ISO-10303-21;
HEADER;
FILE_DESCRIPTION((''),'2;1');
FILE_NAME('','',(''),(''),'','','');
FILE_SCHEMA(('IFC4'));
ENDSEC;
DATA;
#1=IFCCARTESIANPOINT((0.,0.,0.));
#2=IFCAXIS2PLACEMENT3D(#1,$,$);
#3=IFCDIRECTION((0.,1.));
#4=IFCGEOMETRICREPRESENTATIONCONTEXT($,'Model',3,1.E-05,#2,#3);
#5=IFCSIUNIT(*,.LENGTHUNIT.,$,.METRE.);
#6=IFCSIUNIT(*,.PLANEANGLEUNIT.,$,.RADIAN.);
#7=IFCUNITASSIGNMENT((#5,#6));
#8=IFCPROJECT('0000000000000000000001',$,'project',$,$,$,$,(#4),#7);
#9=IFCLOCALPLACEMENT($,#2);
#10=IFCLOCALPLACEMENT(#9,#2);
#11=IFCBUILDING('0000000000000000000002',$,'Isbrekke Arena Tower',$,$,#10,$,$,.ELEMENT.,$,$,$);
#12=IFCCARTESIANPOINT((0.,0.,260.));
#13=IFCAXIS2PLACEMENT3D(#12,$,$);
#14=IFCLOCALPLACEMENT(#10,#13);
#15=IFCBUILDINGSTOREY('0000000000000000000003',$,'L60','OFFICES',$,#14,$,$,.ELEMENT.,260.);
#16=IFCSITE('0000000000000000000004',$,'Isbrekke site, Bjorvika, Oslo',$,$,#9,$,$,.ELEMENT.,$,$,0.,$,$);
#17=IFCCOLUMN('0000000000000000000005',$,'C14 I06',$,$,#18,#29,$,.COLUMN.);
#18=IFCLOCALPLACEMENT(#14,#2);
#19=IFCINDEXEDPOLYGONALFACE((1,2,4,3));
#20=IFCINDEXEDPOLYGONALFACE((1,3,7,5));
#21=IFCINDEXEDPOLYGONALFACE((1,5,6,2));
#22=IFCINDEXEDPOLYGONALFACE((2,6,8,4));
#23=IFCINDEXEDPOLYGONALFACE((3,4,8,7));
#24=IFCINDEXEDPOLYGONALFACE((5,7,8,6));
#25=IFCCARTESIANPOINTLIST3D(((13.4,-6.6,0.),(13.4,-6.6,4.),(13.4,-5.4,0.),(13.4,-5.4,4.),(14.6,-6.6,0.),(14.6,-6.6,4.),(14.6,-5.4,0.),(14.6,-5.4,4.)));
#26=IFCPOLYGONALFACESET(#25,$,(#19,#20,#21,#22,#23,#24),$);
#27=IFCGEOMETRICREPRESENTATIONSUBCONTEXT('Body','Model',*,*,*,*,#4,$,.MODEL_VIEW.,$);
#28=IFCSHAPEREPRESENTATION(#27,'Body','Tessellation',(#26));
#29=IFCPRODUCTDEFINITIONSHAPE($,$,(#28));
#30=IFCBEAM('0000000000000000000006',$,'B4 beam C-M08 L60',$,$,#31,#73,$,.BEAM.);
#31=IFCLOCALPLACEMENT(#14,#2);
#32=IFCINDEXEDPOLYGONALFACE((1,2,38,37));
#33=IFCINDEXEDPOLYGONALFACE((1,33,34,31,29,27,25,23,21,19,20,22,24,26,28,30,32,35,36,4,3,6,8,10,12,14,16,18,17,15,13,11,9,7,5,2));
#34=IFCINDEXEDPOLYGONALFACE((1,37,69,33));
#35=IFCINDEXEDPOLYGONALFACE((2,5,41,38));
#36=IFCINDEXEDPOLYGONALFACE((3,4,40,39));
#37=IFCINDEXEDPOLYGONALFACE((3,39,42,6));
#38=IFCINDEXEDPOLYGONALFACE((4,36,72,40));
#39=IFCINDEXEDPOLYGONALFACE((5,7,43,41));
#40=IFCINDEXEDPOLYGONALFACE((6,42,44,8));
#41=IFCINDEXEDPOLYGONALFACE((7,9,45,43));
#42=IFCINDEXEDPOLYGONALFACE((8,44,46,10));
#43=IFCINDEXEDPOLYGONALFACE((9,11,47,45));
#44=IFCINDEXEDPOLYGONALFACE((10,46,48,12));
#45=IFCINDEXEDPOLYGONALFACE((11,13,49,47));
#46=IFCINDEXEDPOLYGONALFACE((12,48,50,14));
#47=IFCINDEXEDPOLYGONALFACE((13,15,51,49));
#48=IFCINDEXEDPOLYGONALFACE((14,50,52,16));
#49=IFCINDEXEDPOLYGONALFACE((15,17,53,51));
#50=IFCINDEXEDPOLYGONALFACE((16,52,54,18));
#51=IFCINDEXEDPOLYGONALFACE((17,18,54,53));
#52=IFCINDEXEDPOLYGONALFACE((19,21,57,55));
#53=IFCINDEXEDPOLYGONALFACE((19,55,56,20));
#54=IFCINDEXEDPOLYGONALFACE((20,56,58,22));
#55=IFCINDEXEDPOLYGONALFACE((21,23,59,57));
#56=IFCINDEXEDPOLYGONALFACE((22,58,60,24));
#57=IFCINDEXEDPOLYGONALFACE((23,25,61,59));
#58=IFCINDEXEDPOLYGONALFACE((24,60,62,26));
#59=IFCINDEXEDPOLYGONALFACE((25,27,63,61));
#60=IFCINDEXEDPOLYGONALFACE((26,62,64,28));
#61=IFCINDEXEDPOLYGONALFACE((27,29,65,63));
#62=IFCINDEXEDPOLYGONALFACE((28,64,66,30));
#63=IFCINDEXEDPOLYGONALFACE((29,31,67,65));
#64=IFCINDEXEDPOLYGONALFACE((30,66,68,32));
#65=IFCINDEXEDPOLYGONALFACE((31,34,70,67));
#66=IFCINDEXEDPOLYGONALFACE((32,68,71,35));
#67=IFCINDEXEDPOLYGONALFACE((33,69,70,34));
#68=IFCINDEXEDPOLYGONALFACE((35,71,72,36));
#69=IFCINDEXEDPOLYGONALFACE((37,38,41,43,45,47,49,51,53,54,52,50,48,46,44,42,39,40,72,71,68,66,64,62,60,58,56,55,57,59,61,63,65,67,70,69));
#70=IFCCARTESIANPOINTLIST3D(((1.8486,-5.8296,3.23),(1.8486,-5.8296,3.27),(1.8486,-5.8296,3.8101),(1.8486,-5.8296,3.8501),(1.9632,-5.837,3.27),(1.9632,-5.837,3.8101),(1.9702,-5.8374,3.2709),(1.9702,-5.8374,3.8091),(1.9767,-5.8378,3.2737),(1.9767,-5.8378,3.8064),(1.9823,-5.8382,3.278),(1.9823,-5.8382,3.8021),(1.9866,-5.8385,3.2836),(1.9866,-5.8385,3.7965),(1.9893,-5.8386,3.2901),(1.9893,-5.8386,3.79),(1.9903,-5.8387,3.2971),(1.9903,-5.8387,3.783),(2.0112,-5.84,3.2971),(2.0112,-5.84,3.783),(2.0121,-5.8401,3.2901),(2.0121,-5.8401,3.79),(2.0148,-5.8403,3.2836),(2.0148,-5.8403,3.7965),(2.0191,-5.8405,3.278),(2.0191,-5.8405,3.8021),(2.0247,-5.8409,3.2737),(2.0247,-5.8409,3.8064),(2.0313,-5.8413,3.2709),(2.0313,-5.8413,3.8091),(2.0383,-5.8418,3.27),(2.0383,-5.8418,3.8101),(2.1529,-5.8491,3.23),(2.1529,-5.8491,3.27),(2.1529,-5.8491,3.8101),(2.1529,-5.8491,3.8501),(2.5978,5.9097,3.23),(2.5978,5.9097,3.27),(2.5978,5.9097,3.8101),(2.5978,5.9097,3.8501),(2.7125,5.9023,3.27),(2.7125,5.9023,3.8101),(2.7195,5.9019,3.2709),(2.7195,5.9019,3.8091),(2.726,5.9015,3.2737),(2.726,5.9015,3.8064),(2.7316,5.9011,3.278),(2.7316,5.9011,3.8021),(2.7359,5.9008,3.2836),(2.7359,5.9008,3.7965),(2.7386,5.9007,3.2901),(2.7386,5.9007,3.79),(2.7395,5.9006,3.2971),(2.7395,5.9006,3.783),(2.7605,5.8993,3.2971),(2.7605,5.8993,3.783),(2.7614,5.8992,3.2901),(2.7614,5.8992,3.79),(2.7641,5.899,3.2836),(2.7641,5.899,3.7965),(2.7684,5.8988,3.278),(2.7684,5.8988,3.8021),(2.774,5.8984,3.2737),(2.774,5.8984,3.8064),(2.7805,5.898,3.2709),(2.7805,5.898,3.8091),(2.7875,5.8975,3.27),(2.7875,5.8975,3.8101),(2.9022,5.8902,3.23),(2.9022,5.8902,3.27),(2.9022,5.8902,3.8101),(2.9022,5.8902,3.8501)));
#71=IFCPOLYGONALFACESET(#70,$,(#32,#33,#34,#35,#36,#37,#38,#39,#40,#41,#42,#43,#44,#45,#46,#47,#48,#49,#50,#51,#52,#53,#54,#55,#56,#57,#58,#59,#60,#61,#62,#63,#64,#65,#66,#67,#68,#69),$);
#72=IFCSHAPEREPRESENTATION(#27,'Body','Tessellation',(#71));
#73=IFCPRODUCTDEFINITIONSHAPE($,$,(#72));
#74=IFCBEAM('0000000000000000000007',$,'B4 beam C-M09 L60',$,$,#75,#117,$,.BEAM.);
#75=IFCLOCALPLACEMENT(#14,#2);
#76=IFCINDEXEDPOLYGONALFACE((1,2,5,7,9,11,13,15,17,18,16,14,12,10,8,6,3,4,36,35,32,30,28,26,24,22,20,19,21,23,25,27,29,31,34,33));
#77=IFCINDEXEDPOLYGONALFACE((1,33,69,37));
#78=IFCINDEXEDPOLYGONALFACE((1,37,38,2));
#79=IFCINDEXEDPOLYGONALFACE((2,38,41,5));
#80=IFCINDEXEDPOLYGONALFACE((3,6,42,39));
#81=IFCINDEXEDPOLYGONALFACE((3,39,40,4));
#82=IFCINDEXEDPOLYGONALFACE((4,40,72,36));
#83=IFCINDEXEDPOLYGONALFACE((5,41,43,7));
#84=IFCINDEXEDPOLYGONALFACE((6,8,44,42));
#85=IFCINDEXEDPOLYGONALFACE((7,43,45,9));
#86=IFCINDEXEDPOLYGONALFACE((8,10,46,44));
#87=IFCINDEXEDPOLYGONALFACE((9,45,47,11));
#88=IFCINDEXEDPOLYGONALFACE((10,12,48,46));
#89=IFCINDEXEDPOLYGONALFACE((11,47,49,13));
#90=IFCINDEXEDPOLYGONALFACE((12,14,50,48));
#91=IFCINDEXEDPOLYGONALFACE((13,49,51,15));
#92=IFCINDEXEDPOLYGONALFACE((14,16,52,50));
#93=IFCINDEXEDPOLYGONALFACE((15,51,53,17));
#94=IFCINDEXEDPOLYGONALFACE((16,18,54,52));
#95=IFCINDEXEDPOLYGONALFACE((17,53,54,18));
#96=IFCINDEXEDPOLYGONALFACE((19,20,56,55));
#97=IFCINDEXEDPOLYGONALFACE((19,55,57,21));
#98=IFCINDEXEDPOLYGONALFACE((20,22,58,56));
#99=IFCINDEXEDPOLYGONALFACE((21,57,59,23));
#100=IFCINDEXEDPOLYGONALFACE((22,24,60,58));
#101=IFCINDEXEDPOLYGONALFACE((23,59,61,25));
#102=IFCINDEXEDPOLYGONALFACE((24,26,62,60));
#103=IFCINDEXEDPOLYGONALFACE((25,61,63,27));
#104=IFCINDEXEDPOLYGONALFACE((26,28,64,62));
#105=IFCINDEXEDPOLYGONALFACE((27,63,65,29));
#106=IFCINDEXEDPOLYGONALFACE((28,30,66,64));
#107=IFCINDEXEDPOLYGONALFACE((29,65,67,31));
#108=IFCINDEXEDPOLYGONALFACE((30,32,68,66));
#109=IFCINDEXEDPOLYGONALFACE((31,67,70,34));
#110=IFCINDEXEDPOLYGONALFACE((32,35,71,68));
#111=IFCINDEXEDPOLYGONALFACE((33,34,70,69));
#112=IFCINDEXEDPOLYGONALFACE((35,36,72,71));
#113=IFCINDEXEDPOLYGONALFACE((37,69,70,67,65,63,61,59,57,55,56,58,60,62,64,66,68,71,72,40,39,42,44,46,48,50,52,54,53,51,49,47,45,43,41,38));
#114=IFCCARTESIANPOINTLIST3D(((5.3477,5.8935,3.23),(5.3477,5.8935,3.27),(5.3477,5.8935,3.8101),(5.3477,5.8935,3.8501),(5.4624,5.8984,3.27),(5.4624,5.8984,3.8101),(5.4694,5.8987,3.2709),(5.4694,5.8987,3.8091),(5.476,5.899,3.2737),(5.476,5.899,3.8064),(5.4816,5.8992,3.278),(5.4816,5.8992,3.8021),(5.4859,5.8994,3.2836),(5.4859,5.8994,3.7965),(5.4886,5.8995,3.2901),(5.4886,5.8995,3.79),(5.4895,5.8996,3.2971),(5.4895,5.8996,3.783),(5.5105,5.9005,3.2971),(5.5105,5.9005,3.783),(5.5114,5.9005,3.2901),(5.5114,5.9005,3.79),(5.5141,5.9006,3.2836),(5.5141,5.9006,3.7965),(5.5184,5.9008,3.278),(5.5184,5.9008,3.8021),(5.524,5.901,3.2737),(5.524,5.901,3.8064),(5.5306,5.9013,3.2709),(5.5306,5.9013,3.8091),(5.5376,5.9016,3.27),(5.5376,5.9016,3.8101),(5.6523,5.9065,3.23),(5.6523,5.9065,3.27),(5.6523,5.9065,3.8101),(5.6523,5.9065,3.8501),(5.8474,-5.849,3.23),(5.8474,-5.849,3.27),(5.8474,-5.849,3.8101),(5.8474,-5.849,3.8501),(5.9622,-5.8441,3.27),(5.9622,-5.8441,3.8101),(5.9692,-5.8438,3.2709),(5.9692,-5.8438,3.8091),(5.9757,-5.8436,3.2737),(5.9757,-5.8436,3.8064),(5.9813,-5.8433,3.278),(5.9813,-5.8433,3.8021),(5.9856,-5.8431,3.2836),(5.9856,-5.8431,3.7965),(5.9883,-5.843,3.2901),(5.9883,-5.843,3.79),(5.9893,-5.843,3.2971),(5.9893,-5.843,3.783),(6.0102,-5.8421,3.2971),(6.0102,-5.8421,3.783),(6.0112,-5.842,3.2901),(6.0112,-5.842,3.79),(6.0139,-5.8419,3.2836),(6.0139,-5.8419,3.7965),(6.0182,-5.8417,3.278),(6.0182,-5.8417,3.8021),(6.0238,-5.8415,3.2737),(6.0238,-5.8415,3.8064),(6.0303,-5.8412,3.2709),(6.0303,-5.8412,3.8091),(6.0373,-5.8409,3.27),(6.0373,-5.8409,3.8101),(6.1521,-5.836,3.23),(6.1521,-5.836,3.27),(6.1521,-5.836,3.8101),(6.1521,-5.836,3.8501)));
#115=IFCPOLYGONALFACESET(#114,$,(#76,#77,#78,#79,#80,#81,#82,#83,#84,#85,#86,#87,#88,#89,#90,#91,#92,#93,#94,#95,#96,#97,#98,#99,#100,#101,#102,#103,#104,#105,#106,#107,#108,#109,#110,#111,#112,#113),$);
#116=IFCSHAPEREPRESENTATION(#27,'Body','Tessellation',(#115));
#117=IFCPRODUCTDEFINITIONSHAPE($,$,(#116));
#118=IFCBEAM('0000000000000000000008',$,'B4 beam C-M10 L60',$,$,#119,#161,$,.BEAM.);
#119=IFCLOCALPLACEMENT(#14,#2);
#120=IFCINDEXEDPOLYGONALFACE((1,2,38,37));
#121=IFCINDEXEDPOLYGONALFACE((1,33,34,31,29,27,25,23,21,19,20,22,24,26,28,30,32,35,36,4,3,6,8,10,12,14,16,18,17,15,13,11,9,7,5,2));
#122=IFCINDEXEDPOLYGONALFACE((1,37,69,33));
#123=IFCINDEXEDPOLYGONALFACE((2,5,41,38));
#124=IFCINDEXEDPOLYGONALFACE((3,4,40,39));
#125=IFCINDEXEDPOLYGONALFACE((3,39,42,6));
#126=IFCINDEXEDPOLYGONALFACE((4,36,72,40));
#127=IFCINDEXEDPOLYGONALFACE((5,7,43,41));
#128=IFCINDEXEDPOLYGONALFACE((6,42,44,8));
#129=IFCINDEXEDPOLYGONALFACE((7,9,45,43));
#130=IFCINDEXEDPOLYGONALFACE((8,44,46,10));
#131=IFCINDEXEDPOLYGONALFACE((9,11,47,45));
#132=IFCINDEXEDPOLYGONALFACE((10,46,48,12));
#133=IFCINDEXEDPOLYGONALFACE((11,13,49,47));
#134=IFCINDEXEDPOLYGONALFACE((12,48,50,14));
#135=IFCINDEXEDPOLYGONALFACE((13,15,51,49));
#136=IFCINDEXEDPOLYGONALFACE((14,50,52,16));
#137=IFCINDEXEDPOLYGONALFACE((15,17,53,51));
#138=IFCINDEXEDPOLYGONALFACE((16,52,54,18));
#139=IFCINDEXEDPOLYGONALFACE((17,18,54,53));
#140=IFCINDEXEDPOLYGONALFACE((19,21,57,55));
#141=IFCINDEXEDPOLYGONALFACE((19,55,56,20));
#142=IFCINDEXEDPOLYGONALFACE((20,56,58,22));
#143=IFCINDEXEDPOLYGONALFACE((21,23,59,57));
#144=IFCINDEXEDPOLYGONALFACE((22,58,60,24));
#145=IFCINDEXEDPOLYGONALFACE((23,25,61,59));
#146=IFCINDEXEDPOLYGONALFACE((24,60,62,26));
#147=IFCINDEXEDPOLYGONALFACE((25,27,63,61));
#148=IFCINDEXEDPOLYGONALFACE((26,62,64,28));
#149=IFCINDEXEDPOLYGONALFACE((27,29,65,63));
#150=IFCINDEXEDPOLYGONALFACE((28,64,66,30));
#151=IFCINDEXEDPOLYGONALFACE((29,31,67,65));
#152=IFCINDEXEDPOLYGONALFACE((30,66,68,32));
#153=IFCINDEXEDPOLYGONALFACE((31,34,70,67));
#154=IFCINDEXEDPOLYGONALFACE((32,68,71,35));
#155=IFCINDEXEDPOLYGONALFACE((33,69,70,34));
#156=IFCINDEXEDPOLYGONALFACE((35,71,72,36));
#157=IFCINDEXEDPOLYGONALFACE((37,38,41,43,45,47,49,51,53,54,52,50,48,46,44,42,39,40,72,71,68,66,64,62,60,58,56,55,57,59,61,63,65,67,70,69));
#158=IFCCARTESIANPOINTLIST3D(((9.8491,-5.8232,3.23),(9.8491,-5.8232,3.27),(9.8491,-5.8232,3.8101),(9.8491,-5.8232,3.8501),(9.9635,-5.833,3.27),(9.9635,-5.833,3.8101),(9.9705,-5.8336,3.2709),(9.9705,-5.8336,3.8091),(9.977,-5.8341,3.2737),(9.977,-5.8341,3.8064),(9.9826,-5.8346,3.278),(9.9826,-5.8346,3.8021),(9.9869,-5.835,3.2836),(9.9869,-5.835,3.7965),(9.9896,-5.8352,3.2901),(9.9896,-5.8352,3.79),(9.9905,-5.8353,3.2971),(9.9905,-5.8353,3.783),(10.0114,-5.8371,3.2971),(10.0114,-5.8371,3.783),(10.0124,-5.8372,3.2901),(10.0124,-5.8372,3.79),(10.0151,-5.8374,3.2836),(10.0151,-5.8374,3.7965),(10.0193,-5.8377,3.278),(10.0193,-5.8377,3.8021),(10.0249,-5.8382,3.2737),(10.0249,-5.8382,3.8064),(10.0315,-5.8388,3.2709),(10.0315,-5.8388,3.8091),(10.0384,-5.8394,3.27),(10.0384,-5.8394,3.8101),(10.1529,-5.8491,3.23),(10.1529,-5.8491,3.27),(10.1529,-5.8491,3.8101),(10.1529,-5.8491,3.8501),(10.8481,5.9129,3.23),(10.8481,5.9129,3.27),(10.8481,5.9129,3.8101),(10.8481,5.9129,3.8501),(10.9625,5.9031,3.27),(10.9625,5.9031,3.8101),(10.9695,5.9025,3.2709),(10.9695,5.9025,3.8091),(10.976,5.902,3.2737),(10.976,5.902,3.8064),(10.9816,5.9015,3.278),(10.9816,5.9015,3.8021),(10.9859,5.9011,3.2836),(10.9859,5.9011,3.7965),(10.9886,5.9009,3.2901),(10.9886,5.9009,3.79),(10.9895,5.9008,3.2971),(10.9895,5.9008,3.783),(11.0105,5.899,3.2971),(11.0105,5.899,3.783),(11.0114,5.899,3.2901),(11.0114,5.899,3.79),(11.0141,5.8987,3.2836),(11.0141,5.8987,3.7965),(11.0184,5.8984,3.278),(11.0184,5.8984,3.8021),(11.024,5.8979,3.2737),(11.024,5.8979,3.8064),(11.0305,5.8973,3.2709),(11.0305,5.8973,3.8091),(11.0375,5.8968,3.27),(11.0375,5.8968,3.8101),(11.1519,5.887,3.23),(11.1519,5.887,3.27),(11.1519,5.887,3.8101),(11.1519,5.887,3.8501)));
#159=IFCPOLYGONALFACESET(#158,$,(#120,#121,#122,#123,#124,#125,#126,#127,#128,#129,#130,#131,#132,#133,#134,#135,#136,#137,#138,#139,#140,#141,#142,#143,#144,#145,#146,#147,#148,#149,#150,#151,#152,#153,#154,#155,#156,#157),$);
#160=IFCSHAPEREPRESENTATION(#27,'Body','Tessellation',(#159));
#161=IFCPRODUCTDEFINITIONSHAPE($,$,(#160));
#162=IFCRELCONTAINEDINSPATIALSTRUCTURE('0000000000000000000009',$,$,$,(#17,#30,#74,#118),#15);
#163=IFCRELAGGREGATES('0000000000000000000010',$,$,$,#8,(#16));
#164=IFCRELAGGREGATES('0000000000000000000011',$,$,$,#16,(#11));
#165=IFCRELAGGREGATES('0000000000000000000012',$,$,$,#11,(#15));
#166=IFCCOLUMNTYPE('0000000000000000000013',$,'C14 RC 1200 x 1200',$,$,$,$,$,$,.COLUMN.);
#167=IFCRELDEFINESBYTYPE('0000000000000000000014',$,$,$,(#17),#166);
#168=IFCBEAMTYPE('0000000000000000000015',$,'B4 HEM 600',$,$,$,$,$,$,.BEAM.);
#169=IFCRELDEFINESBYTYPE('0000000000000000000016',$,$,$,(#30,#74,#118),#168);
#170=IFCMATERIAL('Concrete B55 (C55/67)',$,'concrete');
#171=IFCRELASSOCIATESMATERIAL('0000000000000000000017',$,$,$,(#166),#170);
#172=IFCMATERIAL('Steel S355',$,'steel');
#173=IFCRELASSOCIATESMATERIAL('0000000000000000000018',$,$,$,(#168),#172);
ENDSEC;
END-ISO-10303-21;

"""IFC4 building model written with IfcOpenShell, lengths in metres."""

from ifc_helpers import new_model, si_unit, direction, frame, origin, origin_2d, place, context, subcontext, project, spatial, rectangle, i_section, extrude, material, material_profile, profile_set, type_object, element, save


model = new_model("IFC4")

# Units and contexts
model_context = context("Model", 3, precision=1e-05, world=origin(), true_north=direction((0.0, 1.0)))
body_context = subcontext(model_context, "Body", "Model", "MODEL_VIEW")
ifc_project = project(units=[si_unit("LENGTHUNIT", "METRE"), si_unit("PLANEANGLEUNIT", "RADIAN")], contexts=[model_context])

# Site, building, storey
site_placement = place(None, origin())
site = spatial("IfcSite", under=ifc_project, at=site_placement, Name="Isbrekke site, Bjorvika, Oslo", CompositionType="ELEMENT", RefElevation=0.0)
building_placement = place(site_placement, origin())
building = spatial("IfcBuilding", under=site, at=building_placement, Name="Isbrekke Arena Tower", CompositionType="ELEMENT")
storey_placement = place(building_placement, frame((0.0, 0.0, 260.0)))
storey = spatial("IfcBuildingStorey", under=building, at=storey_placement, Name="L60", Description="OFFICES", CompositionType="ELEMENT", Elevation=260.0)

# Column
ifc_material_1 = material(Name="Concrete B55 (C55/67)", Category="concrete")
ifc_material_profile_1 = material_profile(ifc_material_1, rectangle(XDim=1.2, YDim=1.2, at=origin_2d()), Name="RC 1200x1200")
ifc_profile_set_1 = profile_set([ifc_material_profile_1], Name="Concrete B55 (C55/67)")
column_type = type_object("IfcColumnType", Name="C14 RC 1200 x 1200", PredefinedType="COLUMN", material=ifc_profile_set_1)
column_placement = place(storey_placement, frame((14.0, -6.0, 0.0), z_axis=(0.0, 0.0, 1.0), x_axis=(1.0, 0.0, 0.0)))
element("IfcColumn", 1, at=column_placement, inside=storey, type_object=column_type, Name="C14 I06", PredefinedType="COLUMN", context=body_context, shape_type="SweptSolid", body=[
    extrude(rectangle(XDim=1.2, YDim=1.2, at=origin_2d()), origin(), (0.0, 0.0, 1.0), 4.0),
])

# Beams
ifc_material_2 = material(Name="Steel S355", Category="steel")
ifc_material_profile_2 = material_profile(ifc_material_2, i_section(OverallWidth=0.3049, OverallDepth=0.6201, WebThickness=0.021, FlangeThickness=0.04, FilletRadius=0.0271, at=origin_2d()), Name="HEM 600")
ifc_profile_set_2 = profile_set([ifc_material_profile_2], Name="Steel S355")
beam_type_1 = type_object("IfcBeamType", Name="B4 HEM 600", PredefinedType="BEAM", material=ifc_profile_set_2)
beam_1_placement = place(storey_placement, frame((2.0007, -5.8394, 3.54), z_axis=(0.063696, 0.997969, 0.0), x_axis=(-0.997969, 0.063696, 0.0)))
element("IfcBeam", 2, at=beam_1_placement, inside=storey, type_object=beam_type_1, Name="B4 beam C-M08 L60", PredefinedType="BEAM", context=body_context, shape_type="SweptSolid", body=[
    extrude(i_section(OverallWidth=0.3049, OverallDepth=0.6201, WebThickness=0.021, FlangeThickness=0.04, FilletRadius=0.0271, at=origin_2d()), origin(), (0.0, 0.0, 1.0), 11.7632),
])
beam_2_placement = place(storey_placement, frame((5.9998, -5.8425, 3.54), z_axis=(-0.042521, 0.999096, 0.0), x_axis=(-0.999096, -0.042521, 0.0)))
element("IfcBeam", 3, at=beam_2_placement, inside=storey, type_object=beam_type_1, Name="B4 beam C-M09 L60", PredefinedType="BEAM", context=body_context, shape_type="SweptSolid", body=[
    extrude(i_section(OverallWidth=0.3049, OverallDepth=0.6201, WebThickness=0.021, FlangeThickness=0.04, FilletRadius=0.0271, at=origin_2d()), origin(), (0.0, 0.0, 1.0), 11.7532),
])
beam_3_placement = place(storey_placement, frame((10.001, -5.8362, 3.54), z_axis=(0.084817, 0.996397, 0.0), x_axis=(-0.996397, 0.084817, 0.0)))
element("IfcBeam", 4, at=beam_3_placement, inside=storey, type_object=beam_type_1, Name="B4 beam C-M10 L60", PredefinedType="BEAM", context=body_context, shape_type="SweptSolid", body=[
    extrude(i_section(OverallWidth=0.3049, OverallDepth=0.6201, WebThickness=0.021, FlangeThickness=0.04, FilletRadius=0.0271, at=origin_2d()), origin(), (0.0, 0.0, 1.0), 11.7786),
])

save(model, "model.ifc")
